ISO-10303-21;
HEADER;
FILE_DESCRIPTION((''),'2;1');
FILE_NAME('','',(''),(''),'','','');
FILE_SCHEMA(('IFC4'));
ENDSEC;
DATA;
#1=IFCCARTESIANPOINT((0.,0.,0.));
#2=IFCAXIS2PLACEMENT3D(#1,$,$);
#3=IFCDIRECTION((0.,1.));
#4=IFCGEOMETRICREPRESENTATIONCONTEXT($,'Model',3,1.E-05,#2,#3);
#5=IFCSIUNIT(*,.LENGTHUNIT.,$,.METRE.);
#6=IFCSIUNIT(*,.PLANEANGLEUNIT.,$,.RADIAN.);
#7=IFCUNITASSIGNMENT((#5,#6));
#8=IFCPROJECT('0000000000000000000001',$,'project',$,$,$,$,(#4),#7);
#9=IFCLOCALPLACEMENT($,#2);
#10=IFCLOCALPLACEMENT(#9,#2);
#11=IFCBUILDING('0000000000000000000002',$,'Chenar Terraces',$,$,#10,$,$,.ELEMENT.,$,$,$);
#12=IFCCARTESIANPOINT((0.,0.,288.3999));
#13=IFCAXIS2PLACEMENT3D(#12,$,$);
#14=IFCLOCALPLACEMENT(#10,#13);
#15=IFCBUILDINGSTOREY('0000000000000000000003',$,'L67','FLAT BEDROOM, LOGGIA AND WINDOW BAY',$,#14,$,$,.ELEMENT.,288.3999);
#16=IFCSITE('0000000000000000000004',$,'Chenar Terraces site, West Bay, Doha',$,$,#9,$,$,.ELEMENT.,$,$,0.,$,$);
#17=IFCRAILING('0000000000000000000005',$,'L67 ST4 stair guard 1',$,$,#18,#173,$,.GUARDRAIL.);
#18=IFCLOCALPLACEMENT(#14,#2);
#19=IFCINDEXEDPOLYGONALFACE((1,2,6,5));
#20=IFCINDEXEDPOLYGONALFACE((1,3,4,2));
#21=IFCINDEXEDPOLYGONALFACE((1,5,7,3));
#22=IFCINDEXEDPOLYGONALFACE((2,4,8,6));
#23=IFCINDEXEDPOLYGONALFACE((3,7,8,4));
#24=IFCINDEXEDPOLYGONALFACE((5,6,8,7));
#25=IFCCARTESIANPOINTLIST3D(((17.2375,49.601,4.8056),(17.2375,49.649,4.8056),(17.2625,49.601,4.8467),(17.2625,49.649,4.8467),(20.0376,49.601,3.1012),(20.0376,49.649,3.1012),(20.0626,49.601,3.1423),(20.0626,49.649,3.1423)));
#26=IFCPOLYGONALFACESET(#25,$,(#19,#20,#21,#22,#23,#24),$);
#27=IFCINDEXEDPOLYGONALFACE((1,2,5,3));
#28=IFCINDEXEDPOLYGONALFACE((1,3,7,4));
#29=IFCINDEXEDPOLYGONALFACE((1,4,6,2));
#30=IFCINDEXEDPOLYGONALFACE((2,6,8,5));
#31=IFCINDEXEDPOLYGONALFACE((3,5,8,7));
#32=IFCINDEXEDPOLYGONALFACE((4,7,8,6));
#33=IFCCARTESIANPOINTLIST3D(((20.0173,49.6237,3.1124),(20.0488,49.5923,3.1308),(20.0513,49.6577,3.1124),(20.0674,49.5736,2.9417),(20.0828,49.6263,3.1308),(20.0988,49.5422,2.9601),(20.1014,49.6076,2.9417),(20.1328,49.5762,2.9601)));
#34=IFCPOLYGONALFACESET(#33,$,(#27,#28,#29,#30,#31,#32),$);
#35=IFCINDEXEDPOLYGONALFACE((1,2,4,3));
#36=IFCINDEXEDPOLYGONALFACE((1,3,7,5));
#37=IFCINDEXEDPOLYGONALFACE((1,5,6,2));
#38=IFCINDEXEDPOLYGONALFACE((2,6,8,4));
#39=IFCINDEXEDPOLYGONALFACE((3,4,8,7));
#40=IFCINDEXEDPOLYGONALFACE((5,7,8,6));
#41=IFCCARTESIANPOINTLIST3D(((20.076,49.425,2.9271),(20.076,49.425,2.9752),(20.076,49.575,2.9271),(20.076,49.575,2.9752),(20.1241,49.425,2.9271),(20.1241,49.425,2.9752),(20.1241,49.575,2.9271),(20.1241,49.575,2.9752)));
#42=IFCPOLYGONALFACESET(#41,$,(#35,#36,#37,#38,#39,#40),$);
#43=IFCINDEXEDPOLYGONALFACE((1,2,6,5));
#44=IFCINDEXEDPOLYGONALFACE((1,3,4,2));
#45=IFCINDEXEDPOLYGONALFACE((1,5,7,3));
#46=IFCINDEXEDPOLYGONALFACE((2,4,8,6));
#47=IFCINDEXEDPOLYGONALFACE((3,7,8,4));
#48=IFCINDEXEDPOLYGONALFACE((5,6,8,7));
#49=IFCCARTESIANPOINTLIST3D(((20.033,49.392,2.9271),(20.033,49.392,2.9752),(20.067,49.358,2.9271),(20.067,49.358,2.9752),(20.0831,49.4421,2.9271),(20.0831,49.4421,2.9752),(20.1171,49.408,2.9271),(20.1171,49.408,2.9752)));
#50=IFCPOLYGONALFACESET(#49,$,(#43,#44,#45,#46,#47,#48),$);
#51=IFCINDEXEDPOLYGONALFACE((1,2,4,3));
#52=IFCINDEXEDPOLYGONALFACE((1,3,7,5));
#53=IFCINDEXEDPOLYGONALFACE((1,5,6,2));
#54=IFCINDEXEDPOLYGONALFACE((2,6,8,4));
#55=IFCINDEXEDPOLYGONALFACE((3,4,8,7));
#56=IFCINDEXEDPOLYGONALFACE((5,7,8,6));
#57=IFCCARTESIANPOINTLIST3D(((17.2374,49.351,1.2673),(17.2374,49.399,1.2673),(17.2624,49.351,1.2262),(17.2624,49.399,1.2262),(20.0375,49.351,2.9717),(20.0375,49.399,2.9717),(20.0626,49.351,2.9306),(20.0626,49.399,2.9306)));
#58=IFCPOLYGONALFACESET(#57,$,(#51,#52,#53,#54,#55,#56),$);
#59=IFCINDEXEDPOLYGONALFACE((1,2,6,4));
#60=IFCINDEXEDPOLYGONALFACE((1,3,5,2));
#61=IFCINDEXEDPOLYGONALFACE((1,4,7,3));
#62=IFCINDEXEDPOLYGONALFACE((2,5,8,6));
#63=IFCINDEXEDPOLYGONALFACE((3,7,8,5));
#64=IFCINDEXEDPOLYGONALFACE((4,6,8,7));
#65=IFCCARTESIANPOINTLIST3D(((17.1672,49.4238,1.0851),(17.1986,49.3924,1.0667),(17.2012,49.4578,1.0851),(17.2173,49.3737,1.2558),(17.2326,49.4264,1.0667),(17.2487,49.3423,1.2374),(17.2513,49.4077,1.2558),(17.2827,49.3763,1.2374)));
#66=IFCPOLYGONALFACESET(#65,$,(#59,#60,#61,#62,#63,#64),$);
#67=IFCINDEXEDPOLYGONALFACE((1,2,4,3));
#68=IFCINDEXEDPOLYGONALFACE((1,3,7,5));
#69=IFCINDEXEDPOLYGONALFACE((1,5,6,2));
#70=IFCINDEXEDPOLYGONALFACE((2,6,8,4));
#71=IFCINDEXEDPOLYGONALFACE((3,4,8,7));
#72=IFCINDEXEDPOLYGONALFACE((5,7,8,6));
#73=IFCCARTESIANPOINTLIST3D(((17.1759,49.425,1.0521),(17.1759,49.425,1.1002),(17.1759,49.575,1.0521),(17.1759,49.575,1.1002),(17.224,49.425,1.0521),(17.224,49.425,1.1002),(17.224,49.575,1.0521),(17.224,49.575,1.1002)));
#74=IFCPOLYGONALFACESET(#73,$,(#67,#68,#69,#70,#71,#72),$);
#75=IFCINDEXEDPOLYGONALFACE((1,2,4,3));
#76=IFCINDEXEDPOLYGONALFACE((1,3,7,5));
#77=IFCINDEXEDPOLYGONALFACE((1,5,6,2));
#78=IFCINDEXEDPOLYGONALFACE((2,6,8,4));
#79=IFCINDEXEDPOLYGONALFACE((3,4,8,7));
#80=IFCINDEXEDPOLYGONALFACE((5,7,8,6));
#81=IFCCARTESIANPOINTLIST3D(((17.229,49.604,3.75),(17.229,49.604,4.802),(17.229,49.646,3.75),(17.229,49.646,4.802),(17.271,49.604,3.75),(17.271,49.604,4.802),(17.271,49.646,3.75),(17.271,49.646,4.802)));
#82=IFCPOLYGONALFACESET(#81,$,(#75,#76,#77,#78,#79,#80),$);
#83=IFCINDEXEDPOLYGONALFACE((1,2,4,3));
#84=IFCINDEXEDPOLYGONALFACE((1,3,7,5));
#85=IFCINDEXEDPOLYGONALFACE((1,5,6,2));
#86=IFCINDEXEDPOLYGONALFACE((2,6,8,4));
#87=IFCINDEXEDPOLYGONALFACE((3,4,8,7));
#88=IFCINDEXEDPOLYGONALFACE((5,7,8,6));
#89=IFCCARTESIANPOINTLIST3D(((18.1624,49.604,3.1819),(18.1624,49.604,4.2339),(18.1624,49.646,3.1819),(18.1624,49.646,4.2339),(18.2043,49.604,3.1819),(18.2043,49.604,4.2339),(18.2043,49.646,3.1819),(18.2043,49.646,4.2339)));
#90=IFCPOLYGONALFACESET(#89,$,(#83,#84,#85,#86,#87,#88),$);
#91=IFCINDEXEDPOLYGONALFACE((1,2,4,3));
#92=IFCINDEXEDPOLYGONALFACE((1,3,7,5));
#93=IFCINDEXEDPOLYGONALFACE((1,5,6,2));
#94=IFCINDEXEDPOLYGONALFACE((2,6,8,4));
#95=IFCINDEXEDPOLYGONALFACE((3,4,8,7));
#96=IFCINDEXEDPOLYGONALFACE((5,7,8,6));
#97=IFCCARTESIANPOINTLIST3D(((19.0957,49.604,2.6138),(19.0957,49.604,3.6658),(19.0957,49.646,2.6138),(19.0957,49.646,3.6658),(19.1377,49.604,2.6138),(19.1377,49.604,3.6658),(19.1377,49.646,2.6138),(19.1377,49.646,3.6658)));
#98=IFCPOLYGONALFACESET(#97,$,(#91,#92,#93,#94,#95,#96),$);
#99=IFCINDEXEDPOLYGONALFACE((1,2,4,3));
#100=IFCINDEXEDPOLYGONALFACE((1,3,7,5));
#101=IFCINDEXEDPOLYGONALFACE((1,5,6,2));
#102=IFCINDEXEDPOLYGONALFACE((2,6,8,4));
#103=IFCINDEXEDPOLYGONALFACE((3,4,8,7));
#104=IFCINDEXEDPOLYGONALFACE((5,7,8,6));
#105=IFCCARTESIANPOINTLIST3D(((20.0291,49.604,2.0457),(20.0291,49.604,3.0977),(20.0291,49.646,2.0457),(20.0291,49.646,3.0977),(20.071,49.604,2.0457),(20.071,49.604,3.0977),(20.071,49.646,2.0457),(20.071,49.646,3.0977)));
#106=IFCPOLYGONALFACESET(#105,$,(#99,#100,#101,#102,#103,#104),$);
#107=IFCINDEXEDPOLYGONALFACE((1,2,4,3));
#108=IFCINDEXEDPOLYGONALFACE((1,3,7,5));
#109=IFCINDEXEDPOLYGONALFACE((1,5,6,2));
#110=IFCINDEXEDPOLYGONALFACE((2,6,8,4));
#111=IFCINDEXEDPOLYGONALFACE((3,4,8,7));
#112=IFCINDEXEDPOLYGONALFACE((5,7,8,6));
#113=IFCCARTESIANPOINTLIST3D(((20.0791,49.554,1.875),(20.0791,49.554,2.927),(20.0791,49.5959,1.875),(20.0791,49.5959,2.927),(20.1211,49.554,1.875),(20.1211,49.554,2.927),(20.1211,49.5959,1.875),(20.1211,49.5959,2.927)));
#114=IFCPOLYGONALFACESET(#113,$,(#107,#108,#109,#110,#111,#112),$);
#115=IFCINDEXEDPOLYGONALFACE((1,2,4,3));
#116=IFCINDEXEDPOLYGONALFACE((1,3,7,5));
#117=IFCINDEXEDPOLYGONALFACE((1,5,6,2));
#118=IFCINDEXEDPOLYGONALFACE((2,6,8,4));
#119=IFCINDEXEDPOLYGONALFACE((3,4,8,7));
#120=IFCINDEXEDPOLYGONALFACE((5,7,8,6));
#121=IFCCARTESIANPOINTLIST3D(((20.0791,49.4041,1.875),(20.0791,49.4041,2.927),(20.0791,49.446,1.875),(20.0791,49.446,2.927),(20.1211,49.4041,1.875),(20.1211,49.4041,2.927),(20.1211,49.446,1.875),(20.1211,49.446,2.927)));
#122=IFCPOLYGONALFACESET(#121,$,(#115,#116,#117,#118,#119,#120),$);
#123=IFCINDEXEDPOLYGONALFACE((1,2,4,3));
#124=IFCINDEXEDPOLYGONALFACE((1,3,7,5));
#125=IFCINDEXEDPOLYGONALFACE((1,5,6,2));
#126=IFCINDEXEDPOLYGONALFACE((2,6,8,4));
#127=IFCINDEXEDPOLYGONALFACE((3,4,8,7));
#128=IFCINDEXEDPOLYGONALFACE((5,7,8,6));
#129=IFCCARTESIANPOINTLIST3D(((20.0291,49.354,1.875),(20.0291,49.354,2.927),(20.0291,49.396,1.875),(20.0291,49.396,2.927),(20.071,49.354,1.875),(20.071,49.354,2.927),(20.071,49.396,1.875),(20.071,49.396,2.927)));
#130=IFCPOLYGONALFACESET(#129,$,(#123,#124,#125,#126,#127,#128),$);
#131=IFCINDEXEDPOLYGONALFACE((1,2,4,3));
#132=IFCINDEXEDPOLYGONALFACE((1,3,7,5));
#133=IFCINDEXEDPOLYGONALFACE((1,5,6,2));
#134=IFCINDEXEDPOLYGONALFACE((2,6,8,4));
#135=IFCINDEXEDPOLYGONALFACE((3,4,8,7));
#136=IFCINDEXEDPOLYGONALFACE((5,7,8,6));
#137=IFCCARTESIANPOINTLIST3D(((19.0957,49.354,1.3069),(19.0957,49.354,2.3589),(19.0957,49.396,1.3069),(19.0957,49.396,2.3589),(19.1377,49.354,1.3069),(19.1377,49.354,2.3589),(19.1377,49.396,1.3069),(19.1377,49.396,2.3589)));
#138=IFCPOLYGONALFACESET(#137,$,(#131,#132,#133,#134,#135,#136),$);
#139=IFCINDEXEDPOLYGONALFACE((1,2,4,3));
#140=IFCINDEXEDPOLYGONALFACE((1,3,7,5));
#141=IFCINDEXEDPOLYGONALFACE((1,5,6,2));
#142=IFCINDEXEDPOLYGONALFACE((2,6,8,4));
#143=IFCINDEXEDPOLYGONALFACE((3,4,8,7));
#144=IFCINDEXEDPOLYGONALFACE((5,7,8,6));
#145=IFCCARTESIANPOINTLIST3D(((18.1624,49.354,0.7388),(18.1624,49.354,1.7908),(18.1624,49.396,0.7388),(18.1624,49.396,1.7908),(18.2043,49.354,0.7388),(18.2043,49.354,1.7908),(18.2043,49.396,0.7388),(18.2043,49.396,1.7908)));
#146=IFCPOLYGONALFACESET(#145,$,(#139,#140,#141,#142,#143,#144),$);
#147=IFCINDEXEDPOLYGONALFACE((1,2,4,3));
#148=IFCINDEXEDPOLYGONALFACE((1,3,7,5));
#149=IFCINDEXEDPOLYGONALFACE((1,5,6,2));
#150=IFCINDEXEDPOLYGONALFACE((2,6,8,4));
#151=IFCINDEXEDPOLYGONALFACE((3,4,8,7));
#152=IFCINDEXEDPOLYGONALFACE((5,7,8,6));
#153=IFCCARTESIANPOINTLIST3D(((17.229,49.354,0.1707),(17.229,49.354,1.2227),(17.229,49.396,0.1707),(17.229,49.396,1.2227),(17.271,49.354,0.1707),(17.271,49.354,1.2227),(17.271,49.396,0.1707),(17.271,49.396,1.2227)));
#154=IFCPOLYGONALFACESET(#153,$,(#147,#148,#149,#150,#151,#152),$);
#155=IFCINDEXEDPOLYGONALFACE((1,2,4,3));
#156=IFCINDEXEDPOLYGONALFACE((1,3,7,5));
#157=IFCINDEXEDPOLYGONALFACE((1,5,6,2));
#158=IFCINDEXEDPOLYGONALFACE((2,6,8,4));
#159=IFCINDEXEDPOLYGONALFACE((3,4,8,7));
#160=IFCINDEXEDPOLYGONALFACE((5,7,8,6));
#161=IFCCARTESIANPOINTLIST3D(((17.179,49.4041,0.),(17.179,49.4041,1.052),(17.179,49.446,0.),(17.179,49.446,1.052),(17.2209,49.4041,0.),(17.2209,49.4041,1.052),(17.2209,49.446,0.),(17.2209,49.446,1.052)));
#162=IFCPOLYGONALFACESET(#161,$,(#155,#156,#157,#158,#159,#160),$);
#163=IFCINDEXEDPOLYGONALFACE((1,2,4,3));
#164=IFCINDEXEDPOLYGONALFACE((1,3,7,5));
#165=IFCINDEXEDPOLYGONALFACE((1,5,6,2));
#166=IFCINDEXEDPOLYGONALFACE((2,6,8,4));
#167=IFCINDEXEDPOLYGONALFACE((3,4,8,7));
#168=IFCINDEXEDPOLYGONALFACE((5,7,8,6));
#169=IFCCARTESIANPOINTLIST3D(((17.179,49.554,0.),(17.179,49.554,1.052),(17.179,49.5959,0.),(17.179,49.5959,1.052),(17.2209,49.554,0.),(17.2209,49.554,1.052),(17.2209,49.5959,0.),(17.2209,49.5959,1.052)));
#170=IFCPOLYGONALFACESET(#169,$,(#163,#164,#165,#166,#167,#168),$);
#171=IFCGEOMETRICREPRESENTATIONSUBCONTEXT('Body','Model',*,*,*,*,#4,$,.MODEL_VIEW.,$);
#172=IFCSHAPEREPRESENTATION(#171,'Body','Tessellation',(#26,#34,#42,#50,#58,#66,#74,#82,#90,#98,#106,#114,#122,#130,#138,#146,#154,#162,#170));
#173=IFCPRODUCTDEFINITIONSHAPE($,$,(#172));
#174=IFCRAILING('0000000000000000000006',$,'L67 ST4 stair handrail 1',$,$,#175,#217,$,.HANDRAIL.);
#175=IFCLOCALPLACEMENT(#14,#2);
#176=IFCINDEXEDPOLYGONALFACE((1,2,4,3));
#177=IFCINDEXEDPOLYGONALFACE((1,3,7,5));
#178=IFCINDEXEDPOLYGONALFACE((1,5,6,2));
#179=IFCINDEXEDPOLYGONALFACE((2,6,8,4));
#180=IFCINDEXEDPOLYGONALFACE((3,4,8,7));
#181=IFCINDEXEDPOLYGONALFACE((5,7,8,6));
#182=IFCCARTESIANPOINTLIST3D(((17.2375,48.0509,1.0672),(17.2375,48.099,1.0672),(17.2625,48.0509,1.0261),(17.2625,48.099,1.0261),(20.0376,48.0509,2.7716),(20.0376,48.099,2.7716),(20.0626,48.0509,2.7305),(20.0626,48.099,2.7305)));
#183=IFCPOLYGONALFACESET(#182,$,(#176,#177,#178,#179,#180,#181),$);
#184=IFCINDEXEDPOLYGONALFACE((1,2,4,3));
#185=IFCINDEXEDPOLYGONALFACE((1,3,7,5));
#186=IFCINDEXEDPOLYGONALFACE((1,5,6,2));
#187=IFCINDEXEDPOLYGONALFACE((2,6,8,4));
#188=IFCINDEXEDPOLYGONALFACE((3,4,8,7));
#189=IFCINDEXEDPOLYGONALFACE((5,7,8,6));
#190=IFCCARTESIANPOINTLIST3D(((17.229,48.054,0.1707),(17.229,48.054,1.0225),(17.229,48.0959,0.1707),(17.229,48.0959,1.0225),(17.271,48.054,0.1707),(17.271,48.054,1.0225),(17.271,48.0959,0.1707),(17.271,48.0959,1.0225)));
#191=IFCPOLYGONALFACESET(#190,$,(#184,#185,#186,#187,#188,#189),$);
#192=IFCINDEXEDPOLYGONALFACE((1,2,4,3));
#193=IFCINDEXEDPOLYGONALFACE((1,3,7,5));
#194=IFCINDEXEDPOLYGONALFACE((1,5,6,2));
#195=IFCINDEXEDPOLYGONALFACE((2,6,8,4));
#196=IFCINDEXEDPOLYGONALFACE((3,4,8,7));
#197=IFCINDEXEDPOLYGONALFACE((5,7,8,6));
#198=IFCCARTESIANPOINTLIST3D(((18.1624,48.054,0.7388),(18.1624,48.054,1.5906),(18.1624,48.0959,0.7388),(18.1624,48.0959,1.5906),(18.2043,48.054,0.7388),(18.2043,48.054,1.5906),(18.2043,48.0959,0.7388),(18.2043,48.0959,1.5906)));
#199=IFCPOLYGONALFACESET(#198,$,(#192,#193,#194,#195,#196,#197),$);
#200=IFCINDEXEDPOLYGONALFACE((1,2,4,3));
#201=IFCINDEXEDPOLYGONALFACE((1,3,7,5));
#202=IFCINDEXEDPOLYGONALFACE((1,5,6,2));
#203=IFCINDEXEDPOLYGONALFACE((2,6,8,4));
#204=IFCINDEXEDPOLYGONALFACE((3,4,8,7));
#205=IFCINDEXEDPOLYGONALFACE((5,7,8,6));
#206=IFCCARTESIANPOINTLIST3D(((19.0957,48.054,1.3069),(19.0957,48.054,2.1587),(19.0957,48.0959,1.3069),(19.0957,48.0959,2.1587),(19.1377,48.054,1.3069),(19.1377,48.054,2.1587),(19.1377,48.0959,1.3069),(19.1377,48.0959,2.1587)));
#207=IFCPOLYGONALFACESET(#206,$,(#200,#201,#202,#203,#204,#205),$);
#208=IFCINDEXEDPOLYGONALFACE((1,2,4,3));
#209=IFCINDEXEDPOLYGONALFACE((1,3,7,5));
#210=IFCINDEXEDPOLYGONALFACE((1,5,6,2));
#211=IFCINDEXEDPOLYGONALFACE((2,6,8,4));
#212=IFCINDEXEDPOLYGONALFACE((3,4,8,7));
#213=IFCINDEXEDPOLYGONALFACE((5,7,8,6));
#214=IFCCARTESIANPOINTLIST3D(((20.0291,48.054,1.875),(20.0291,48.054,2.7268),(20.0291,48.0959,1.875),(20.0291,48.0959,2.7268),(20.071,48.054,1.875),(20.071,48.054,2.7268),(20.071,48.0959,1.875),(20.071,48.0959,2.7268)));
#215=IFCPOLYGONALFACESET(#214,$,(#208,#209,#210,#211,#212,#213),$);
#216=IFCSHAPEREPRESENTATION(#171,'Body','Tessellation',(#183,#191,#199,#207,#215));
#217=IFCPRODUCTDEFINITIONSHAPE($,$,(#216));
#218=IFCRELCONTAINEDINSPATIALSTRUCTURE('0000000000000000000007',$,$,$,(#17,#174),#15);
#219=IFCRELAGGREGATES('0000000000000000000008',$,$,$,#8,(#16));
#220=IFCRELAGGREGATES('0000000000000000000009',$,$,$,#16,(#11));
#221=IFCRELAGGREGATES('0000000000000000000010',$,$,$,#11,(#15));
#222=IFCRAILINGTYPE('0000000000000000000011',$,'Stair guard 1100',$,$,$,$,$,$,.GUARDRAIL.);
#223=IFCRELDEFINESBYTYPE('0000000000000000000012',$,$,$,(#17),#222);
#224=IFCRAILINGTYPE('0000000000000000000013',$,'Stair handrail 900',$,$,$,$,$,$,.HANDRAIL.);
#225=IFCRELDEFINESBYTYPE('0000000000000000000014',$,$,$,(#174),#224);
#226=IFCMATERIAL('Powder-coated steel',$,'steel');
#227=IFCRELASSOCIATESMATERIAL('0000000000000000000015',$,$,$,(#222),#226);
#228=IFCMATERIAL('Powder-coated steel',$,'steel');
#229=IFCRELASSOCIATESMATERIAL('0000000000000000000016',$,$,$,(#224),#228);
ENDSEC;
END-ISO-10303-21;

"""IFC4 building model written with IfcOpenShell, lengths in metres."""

from ifc_helpers import new_model, si_unit, direction, frame, origin, origin_2d, place, context, subcontext, project, spatial, rectangle, extrude, material, type_object, element, save


model = new_model("IFC4")

# Units and contexts
model_context = context("Model", 3, precision=1e-05, world=origin(), true_north=direction((0.0, 1.0)))
body_context = subcontext(model_context, "Body", "Model", "MODEL_VIEW")
ifc_project = project(units=[si_unit("LENGTHUNIT", "METRE"), si_unit("PLANEANGLEUNIT", "RADIAN")], contexts=[model_context])

# Site, building, storey
site_placement = place(None, origin())
site = spatial("IfcSite", under=ifc_project, at=site_placement, Name="Chenar Terraces site, West Bay, Doha", CompositionType="ELEMENT", RefElevation=0.0)
building_placement = place(site_placement, origin())
building = spatial("IfcBuilding", under=site, at=building_placement, Name="Chenar Terraces", CompositionType="ELEMENT")
storey_placement = place(building_placement, frame((0.0, 0.0, 288.3999)))
storey = spatial("IfcBuildingStorey", under=building, at=storey_placement, Name="L67", Description="FLAT BEDROOM, LOGGIA AND WINDOW BAY", CompositionType="ELEMENT", Elevation=288.3999)

# Railings
ifc_material_1 = material(Name="Powder-coated steel", Category="steel")
railing_type_1 = type_object("IfcRailingType", Name="Stair guard 1100", PredefinedType="GUARDRAIL", material=ifc_material_1)
railing_1_placement = place(storey_placement, frame((17.25, 49.625, 3.75)))
element("IfcRailing", 1, at=railing_1_placement, inside=storey, type_object=railing_type_1, Name="L67 ST4 stair guard 1", PredefinedType="GUARDRAIL", context=body_context, shape_type="SweptSolid", body=[
    extrude(rectangle(XDim=0.0481, YDim=0.0481, at=origin_2d()), frame((0.0, 0.0, 1.0762), z_axis=(0.854203, 0.0, -0.51994), x_axis=(0.0, 1.0, 0.0)), (0.0, 0.0, 1.0), 3.2781),
    extrude(rectangle(XDim=0.0481, YDim=0.0481, at=origin_2d()), frame((2.8, 0.0, -0.6284), z_axis=(0.2709, -0.2709, -0.923703), x_axis=(0.707107, 0.707107, 0.0)), (0.0, 0.0, 1.0), 0.1848),
    extrude(rectangle(XDim=0.0481, YDim=0.0481, at=origin_2d()), frame((2.8501, -0.05, -0.7988), z_axis=(0.0, -1.0, 0.0), x_axis=(1.0, 0.0, 0.0)), (0.0, 0.0, 1.0), 0.1499),
    extrude(rectangle(XDim=0.0481, YDim=0.0481, at=origin_2d()), frame((2.8501, -0.2, -0.7988), z_axis=(-0.707107, -0.707107, 0.0), x_axis=(0.707107, -0.707107, 0.0)), (0.0, 0.0, 1.0), 0.0708),
    extrude(rectangle(XDim=0.0481, YDim=0.0481, at=origin_2d()), frame((2.8, -0.25, -0.7988), z_axis=(-0.854203, 0.0, -0.51994), x_axis=(0.0, -1.0, 0.0)), (0.0, 0.0, 1.0), 3.2781),
    extrude(rectangle(XDim=0.0481, YDim=0.0481, at=origin_2d()), frame((0.0, -0.25, -2.5034), z_axis=(-0.2709, 0.2709, -0.923703), x_axis=(-0.707107, -0.707107, 0.0)), (0.0, 0.0, 1.0), 0.1848),
    extrude(rectangle(XDim=0.0481, YDim=0.0481, at=origin_2d()), frame((-0.05, -0.2, -2.6738), z_axis=(0.0, 1.0, 0.0), x_axis=(-1.0, 0.0, 0.0)), (0.0, 0.0, 1.0), 0.1499),
    extrude(rectangle(XDim=0.042, YDim=0.042, at=origin_2d()), origin(), (0.0, 0.0, 1.0), 1.052),
    extrude(rectangle(XDim=0.042, YDim=0.042, at=origin_2d()), frame((0.9333, 0.0, -0.5681)), (0.0, 0.0, 1.0), 1.052),
    extrude(rectangle(XDim=0.042, YDim=0.042, at=origin_2d()), frame((1.8667, 0.0, -1.1362)), (0.0, 0.0, 1.0), 1.052),
    extrude(rectangle(XDim=0.042, YDim=0.042, at=origin_2d()), frame((2.8, 0.0, -1.7043)), (0.0, 0.0, 1.0), 1.052),
    extrude(rectangle(XDim=0.042, YDim=0.042, at=origin_2d()), frame((2.8501, -0.05, -1.875)), (0.0, 0.0, 1.0), 1.052),
    extrude(rectangle(XDim=0.042, YDim=0.042, at=origin_2d()), frame((2.8501, -0.2, -1.875)), (0.0, 0.0, 1.0), 1.052),
    extrude(rectangle(XDim=0.042, YDim=0.042, at=origin_2d()), frame((2.8, -0.25, -1.875)), (0.0, 0.0, 1.0), 1.052),
    extrude(rectangle(XDim=0.042, YDim=0.042, at=origin_2d()), frame((1.8667, -0.25, -2.4431)), (0.0, 0.0, 1.0), 1.052),
    extrude(rectangle(XDim=0.042, YDim=0.042, at=origin_2d()), frame((0.9333, -0.25, -3.0112)), (0.0, 0.0, 1.0), 1.052),
    extrude(rectangle(XDim=0.042, YDim=0.042, at=origin_2d()), frame((0.0, -0.25, -3.5793)), (0.0, 0.0, 1.0), 1.052),
    extrude(rectangle(XDim=0.042, YDim=0.042, at=origin_2d()), frame((-0.05, -0.2, -3.75)), (0.0, 0.0, 1.0), 1.052),
    extrude(rectangle(XDim=0.042, YDim=0.042, at=origin_2d()), frame((-0.05, -0.05, -3.75)), (0.0, 0.0, 1.0), 1.052),
])
ifc_material_2 = material(Name="Powder-coated steel", Category="steel")
railing_type_2 = type_object("IfcRailingType", Name="Stair handrail 900", PredefinedType="HANDRAIL", material=ifc_material_2)
railing_2_placement = place(storey_placement, frame((17.25, 48.075, 0.1707)))
element("IfcRailing", 2, at=railing_2_placement, inside=storey, type_object=railing_type_2, Name="L67 ST4 stair handrail 1", PredefinedType="HANDRAIL", context=body_context, shape_type="SweptSolid", body=[
    extrude(rectangle(XDim=0.0481, YDim=0.0481, at=origin_2d()), frame((0.0, 0.0, 0.876), z_axis=(0.854203, 0.0, 0.51994), x_axis=(0.0, 1.0, 0.0)), (0.0, 0.0, 1.0), 3.2781),
    extrude(rectangle(XDim=0.042, YDim=0.042, at=origin_2d()), origin(), (0.0, 0.0, 1.0), 0.8518),
    extrude(rectangle(XDim=0.042, YDim=0.042, at=origin_2d()), frame((0.9333, 0.0, 0.5681)), (0.0, 0.0, 1.0), 0.8518),
    extrude(rectangle(XDim=0.042, YDim=0.042, at=origin_2d()), frame((1.8667, 0.0, 1.1362)), (0.0, 0.0, 1.0), 0.8518),
    extrude(rectangle(XDim=0.042, YDim=0.042, at=origin_2d()), frame((2.8, 0.0, 1.7043)), (0.0, 0.0, 1.0), 0.8518),
])

save(model, "model.ifc")
